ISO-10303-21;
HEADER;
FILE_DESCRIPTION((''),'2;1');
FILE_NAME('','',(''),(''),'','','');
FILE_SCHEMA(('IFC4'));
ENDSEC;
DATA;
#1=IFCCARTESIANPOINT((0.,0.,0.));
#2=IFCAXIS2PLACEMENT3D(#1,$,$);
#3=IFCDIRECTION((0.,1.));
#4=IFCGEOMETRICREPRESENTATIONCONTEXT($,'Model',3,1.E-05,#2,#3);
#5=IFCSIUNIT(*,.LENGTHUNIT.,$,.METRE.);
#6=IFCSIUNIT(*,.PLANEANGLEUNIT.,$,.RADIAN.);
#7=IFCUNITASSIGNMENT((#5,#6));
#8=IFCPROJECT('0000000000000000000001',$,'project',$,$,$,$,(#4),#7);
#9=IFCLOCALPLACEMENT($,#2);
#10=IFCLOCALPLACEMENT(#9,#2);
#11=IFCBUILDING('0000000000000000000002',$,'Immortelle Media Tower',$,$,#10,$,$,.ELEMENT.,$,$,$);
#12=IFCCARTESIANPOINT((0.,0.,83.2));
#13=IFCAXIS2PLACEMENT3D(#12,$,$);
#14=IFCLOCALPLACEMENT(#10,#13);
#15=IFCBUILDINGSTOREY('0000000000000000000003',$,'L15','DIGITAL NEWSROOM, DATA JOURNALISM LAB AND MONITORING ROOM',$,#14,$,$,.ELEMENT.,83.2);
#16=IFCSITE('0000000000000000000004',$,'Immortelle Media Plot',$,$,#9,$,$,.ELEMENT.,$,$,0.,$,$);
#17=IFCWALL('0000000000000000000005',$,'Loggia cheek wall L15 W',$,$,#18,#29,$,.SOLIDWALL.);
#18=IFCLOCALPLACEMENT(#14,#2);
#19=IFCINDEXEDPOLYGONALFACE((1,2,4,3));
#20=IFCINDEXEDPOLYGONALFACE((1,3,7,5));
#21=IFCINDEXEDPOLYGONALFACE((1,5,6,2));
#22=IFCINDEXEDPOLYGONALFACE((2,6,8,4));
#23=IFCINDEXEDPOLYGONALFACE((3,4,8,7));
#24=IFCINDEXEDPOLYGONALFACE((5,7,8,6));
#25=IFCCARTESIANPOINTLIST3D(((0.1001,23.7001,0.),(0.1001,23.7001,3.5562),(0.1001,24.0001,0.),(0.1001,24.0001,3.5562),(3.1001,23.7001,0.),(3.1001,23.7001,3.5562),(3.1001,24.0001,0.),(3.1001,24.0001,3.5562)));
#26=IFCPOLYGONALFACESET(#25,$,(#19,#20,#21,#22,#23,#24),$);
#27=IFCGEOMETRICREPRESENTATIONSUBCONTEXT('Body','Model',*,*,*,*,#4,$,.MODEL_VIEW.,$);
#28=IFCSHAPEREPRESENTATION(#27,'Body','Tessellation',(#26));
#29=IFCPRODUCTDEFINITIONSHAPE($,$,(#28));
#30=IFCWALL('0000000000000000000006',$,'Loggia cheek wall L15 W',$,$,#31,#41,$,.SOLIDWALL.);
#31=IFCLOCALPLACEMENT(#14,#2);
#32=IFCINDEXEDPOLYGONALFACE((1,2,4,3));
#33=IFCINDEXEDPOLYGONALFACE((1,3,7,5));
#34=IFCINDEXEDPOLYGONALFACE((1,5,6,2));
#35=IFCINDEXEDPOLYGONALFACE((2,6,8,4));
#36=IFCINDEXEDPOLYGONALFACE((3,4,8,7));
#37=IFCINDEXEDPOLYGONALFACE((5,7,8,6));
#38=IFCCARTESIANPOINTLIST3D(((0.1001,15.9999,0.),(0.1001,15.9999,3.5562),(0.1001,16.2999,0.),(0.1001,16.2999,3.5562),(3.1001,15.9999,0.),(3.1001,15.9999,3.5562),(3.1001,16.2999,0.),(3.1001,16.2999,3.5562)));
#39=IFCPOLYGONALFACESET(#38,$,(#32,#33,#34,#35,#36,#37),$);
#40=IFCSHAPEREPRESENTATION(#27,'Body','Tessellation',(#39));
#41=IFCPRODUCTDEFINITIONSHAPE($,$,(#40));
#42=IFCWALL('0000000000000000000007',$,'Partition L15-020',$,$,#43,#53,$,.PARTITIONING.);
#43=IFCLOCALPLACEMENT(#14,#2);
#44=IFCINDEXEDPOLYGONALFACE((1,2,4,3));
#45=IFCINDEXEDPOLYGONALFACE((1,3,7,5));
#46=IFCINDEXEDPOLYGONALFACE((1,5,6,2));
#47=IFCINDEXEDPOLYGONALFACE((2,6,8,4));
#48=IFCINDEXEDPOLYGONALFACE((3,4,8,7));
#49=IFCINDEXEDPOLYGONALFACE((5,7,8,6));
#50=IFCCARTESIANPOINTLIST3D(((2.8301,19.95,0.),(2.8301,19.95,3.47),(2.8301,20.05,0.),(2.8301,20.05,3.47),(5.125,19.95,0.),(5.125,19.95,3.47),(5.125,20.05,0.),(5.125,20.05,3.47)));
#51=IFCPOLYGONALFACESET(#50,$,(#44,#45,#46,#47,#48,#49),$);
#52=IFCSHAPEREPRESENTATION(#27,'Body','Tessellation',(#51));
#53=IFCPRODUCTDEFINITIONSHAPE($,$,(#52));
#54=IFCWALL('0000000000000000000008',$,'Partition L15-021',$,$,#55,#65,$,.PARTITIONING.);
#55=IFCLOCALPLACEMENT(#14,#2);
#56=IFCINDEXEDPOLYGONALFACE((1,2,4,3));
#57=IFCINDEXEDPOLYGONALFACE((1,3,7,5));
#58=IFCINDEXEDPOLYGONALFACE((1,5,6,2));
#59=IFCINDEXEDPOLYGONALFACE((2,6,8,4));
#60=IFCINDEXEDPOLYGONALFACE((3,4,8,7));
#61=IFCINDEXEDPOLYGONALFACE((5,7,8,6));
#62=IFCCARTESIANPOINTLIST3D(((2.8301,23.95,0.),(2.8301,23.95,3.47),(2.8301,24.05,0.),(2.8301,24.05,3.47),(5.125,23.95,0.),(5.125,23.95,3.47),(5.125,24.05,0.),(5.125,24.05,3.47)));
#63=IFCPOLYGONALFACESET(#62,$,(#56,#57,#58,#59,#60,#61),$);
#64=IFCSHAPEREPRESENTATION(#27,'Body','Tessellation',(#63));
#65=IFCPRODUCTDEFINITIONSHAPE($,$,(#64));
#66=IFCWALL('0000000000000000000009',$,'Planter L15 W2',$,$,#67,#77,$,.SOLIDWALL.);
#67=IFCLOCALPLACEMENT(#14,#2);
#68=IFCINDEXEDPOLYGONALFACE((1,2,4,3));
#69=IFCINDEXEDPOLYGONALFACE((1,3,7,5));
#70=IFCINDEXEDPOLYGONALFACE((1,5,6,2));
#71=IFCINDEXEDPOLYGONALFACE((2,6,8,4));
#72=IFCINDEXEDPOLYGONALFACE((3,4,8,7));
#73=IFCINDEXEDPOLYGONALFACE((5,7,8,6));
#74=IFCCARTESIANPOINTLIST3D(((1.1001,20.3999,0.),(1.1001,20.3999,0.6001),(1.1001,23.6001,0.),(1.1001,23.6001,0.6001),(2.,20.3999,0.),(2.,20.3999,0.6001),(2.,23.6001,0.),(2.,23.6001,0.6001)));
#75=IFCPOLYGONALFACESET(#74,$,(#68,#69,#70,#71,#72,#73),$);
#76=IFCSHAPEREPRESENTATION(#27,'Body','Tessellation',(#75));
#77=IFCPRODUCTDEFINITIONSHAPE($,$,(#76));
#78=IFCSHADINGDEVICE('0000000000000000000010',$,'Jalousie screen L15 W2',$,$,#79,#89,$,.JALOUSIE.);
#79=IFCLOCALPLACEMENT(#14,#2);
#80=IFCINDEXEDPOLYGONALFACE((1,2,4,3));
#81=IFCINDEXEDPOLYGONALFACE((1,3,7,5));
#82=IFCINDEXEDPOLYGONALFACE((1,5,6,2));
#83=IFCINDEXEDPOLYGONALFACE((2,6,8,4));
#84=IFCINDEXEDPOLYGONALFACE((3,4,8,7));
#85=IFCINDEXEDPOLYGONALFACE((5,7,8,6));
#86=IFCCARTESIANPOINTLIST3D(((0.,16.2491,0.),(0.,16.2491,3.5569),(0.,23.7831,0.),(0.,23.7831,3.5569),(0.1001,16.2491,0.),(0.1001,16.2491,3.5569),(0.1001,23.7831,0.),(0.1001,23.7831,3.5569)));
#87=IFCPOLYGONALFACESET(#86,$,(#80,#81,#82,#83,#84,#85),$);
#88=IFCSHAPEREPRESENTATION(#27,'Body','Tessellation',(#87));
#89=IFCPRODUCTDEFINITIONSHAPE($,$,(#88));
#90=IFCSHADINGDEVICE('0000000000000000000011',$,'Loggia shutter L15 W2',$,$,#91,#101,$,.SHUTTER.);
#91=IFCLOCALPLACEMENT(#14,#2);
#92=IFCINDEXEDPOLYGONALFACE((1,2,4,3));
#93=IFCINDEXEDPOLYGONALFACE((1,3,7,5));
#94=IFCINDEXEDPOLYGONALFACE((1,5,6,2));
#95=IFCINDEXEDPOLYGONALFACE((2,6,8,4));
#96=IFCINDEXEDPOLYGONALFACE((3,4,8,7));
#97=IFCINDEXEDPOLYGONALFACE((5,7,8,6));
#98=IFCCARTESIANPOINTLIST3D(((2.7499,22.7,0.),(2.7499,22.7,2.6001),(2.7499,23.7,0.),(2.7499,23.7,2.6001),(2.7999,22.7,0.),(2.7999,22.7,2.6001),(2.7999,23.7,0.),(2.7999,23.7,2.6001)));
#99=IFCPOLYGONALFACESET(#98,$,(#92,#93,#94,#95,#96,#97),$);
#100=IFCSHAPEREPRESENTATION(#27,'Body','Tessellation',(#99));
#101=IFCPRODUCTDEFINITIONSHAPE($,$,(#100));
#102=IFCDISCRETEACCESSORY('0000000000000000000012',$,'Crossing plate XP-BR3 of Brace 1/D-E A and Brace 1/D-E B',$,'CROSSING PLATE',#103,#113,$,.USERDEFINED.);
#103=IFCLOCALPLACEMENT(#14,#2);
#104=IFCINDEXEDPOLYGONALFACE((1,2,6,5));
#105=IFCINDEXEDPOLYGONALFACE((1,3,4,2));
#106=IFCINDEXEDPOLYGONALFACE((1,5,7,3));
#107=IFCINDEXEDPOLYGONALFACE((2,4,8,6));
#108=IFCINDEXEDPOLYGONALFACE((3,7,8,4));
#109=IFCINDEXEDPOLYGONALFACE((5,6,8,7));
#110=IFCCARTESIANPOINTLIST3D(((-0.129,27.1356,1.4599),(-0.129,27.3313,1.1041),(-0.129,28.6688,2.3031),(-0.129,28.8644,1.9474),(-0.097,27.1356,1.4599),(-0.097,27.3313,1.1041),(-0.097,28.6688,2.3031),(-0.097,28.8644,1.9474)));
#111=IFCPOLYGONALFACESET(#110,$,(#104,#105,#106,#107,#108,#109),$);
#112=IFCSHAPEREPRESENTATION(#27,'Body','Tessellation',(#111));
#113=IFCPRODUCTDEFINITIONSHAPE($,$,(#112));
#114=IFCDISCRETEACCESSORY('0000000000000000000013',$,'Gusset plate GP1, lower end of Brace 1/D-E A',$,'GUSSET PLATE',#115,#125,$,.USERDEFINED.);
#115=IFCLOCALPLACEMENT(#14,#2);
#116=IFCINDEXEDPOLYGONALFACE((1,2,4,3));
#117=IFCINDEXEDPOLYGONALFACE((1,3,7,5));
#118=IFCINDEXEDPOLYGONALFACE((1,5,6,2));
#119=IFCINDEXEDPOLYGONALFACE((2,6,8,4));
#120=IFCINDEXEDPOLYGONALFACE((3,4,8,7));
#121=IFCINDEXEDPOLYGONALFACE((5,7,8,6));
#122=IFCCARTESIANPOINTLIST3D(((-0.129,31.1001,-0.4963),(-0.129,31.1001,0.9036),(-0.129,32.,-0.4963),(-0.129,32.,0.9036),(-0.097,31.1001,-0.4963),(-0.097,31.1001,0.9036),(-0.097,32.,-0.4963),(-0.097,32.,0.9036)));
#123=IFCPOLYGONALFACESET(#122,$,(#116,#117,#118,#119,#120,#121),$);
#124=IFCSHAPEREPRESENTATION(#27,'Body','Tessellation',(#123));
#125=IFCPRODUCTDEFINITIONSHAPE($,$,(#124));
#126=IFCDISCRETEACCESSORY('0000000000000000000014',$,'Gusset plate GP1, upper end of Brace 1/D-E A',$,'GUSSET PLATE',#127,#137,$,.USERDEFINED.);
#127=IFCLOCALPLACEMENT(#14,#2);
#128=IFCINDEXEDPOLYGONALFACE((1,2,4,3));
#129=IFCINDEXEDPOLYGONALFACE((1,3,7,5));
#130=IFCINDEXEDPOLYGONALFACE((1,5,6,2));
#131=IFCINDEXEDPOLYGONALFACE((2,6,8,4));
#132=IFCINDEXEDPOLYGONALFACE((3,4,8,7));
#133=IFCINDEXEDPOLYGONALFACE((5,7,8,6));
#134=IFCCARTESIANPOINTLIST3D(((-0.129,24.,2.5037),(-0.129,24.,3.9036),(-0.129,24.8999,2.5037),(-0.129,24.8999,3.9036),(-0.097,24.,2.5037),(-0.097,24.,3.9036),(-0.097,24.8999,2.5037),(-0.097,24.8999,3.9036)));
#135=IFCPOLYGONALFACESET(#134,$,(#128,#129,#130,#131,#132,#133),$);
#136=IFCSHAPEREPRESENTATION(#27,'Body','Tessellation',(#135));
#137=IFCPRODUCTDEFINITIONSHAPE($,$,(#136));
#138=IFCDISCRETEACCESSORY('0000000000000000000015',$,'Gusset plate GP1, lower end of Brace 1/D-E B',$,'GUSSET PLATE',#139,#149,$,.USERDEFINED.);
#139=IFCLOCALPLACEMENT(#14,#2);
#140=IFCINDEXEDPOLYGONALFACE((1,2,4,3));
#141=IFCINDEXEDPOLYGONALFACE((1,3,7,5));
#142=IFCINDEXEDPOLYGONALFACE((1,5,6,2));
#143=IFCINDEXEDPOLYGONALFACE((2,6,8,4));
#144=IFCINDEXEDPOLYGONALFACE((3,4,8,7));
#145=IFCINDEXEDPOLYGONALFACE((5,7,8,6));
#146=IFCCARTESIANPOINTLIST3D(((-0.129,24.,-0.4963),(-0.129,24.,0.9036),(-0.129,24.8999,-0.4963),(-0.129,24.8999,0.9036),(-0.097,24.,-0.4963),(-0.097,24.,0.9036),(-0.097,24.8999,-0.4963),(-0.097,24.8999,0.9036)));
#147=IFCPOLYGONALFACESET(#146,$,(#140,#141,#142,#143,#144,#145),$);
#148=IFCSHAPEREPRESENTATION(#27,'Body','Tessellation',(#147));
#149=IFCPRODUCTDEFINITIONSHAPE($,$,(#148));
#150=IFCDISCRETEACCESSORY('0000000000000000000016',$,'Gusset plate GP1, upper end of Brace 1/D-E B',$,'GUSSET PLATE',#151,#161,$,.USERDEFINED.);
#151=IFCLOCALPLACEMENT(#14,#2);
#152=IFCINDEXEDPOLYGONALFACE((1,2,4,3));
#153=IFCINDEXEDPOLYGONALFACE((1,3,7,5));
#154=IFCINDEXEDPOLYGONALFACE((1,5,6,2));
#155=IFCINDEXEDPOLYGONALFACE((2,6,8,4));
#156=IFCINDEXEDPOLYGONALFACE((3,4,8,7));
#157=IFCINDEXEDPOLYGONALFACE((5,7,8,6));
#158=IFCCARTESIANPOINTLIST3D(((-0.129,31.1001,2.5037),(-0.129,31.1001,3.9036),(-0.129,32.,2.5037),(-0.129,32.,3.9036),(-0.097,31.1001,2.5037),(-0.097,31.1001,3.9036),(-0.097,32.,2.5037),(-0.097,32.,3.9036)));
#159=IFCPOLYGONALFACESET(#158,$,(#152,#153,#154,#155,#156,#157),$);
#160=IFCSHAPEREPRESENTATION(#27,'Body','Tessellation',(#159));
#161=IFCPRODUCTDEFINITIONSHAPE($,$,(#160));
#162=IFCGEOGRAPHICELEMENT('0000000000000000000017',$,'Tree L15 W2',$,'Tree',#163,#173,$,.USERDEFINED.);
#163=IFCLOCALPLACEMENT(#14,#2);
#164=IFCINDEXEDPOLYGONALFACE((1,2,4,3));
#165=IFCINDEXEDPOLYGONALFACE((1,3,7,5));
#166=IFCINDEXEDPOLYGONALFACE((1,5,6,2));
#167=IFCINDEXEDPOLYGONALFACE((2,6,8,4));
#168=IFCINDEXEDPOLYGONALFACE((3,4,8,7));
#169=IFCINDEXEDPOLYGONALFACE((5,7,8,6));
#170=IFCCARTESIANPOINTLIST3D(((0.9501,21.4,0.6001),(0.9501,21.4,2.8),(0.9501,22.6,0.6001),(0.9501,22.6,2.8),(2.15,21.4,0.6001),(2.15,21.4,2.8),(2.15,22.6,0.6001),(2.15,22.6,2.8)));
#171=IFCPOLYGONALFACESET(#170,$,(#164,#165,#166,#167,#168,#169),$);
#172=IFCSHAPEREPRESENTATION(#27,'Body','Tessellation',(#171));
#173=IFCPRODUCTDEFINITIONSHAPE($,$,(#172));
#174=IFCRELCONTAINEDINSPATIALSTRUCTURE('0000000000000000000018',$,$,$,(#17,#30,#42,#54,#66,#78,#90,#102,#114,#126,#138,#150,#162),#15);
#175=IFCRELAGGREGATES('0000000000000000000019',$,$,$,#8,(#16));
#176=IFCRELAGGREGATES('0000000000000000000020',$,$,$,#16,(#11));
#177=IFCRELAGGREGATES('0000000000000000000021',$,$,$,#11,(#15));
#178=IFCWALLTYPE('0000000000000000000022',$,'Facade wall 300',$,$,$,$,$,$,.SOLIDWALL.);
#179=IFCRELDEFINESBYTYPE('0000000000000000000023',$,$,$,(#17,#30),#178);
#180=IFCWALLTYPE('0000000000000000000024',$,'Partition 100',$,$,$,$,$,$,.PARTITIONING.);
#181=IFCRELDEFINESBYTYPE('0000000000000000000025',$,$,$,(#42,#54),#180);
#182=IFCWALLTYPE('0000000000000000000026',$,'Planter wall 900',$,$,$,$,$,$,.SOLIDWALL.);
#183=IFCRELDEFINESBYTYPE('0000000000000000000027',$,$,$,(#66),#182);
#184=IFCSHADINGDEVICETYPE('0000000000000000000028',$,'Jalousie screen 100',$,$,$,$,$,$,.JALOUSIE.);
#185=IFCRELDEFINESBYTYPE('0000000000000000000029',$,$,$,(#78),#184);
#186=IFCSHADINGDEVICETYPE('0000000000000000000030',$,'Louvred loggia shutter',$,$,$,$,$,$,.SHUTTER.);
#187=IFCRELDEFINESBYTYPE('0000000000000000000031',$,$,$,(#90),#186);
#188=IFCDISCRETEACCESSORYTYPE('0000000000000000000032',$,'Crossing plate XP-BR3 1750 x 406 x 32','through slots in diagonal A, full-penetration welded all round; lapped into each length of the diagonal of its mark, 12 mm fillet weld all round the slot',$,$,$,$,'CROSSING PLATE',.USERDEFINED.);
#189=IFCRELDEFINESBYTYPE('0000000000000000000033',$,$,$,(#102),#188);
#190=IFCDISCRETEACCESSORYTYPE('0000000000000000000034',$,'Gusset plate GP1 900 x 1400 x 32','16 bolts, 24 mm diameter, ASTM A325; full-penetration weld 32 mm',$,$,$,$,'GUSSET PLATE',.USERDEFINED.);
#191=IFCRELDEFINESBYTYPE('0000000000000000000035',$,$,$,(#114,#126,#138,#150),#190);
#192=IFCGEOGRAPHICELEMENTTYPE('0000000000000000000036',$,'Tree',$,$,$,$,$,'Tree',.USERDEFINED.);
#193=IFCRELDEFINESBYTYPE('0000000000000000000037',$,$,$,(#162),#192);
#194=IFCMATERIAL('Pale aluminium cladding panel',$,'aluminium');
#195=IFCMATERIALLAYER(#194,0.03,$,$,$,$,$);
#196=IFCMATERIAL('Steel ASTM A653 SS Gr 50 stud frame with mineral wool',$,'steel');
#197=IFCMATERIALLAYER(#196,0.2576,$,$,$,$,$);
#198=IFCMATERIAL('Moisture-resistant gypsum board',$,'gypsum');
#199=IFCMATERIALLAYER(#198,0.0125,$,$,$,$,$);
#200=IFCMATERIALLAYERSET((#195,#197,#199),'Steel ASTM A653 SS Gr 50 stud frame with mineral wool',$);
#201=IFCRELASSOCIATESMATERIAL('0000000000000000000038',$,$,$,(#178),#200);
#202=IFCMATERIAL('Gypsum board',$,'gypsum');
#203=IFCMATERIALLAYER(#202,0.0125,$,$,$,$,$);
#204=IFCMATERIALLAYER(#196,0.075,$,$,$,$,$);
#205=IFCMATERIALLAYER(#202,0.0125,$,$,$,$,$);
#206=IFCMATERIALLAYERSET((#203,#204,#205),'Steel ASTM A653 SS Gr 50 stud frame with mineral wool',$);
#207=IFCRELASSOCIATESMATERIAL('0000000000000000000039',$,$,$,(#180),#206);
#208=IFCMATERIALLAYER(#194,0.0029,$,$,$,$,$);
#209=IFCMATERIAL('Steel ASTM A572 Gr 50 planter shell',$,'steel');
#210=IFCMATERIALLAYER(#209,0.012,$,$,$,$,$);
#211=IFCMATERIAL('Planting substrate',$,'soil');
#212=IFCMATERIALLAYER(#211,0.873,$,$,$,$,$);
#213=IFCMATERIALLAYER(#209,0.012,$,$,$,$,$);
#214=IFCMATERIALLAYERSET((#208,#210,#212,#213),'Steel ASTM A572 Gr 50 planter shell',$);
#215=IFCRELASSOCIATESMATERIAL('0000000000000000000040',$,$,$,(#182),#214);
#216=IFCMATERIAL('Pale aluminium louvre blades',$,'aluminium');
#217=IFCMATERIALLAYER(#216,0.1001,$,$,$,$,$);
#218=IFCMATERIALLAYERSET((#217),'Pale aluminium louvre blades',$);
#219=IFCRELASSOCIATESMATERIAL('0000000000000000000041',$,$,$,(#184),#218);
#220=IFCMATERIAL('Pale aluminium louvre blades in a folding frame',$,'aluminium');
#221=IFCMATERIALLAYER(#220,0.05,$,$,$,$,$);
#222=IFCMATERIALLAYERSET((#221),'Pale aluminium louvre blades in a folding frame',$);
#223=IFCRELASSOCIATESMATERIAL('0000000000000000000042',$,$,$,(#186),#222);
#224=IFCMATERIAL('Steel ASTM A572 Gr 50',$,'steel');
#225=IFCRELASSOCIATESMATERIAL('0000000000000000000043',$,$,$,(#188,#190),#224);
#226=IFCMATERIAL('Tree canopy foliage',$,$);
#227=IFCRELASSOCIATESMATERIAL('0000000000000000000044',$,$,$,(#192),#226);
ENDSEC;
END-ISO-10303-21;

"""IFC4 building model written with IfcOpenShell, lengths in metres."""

from ifc_helpers import new_model, si_unit, direction, frame, frame_2d, origin, origin_2d, place, context, subcontext, project, spatial, rectangle, extrude, material, layer, layer_set, material_profile, profile_set, type_object, element, save


model = new_model("IFC4")

# Units and contexts
model_context = context("Model", 3, precision=1e-05, world=origin(), true_north=direction((0.0, 1.0)))
body_context = subcontext(model_context, "Body", "Model", "MODEL_VIEW")
ifc_project = project(units=[si_unit("LENGTHUNIT", "METRE"), si_unit("PLANEANGLEUNIT", "RADIAN")], contexts=[model_context])

# Site, building, storey
site_placement = place(None, origin())
site = spatial("IfcSite", under=ifc_project, at=site_placement, Name="Immortelle Media Plot", CompositionType="ELEMENT", RefElevation=0.0)
building_placement = place(site_placement, origin())
building = spatial("IfcBuilding", under=site, at=building_placement, Name="Immortelle Media Tower", CompositionType="ELEMENT")
storey_placement = place(building_placement, frame((0.0, 0.0, 83.2)))
storey = spatial("IfcBuildingStorey", under=building, at=storey_placement, Name="L15", Description="DIGITAL NEWSROOM, DATA JOURNALISM LAB AND MONITORING ROOM", CompositionType="ELEMENT", Elevation=83.2)

# Shared definitions
ifc_material_1 = material(Name="Steel ASTM A653 SS Gr 50 stud frame with mineral wool", Category="steel")

# Shared definitions
ifc_material_2 = material(Name="Pale aluminium cladding panel", Category="aluminium")
ifc_layer_1 = layer(ifc_material_2, 0.03)
ifc_layer_2 = layer(ifc_material_1, 0.2576)
ifc_material_3 = material(Name="Moisture-resistant gypsum board", Category="gypsum")
ifc_layer_3 = layer(ifc_material_3, 0.0125)
ifc_layer_set_1 = layer_set([ifc_layer_1, ifc_layer_2, ifc_layer_3], Name="Steel ASTM A653 SS Gr 50 stud frame with mineral wool")
wall_type_1 = type_object("IfcWallType", Name="Facade wall 300", PredefinedType="SOLIDWALL", material=ifc_layer_set_1)

# Walls
for number, where, z_axis, x_axis, name in (
    (1, (0.1001, 23.8501, 0.0), (0.0, 0.0, 1.0), (1.0, 0.0, 0.0), "Loggia cheek wall L15 W"),
    (2, (0.1001, 16.1499, 0.0), (0.0, 0.0, 1.0), (1.0, 0.0, 0.0), "Loggia cheek wall L15 W"),
):
    element("IfcWall", number, at=place(storey_placement, frame(where, z_axis=z_axis, x_axis=x_axis)), inside=storey, type_object=wall_type_1, Name=name, PredefinedType="SOLIDWALL", context=body_context, shape_type="SweptSolid", body=[
        extrude(rectangle(XDim=3.0, YDim=0.3, at=frame_2d((1.5, 0.0))), origin(), (0.0, 0.0, 1.0), 3.5562),
    ])
ifc_material_4 = material(Name="Gypsum board", Category="gypsum")
ifc_layer_4 = layer(ifc_material_4, 0.0125)
ifc_layer_5 = layer(ifc_material_1, 0.075)
ifc_layer_6 = layer(ifc_material_4, 0.0125)
ifc_layer_set_2 = layer_set([ifc_layer_4, ifc_layer_5, ifc_layer_6], Name="Steel ASTM A653 SS Gr 50 stud frame with mineral wool")
wall_type_2 = type_object("IfcWallType", Name="Partition 100", PredefinedType="PARTITIONING", material=ifc_layer_set_2)
for number, where, z_axis, x_axis, name in (
    (3, (2.8301, 20.0, 0.0), (0.0, 0.0, 1.0), (1.0, 0.0, 0.0), "Partition L15-020"),
    (4, (2.8301, 24.0, 0.0), (0.0, 0.0, 1.0), (1.0, 0.0, 0.0), "Partition L15-021"),
):
    element("IfcWall", number, at=place(storey_placement, frame(where, z_axis=z_axis, x_axis=x_axis)), inside=storey, type_object=wall_type_2, Name=name, PredefinedType="PARTITIONING", context=body_context, shape_type="SweptSolid", body=[
        extrude(rectangle(XDim=2.2949, YDim=0.1001, at=frame_2d((1.1475, 0.0))), origin(), (0.0, 0.0, 1.0), 3.47),
    ])
ifc_layer_7 = layer(ifc_material_2, 0.0029)
ifc_material_5 = material(Name="Steel ASTM A572 Gr 50 planter shell", Category="steel")
ifc_layer_8 = layer(ifc_material_5, 0.012)
ifc_material_6 = material(Name="Planting substrate", Category="soil")
ifc_layer_9 = layer(ifc_material_6, 0.873)
ifc_layer_10 = layer(ifc_material_5, 0.012)
ifc_layer_set_3 = layer_set([ifc_layer_7, ifc_layer_8, ifc_layer_9, ifc_layer_10], Name="Steel ASTM A572 Gr 50 planter shell")
wall_type_3 = type_object("IfcWallType", Name="Planter wall 900", PredefinedType="SOLIDWALL", material=ifc_layer_set_3)
wall_1_placement = place(storey_placement, frame((1.55, 23.6001, 0.0), z_axis=(0.0, 0.0, 1.0), x_axis=(0.0, -1.0, 0.0)))
element("IfcWall", 5, at=wall_1_placement, inside=storey, type_object=wall_type_3, Name="Planter L15 W2", PredefinedType="SOLIDWALL", context=body_context, shape_type="SweptSolid", body=[
    extrude(rectangle(XDim=3.2002, YDim=0.8999, at=frame_2d((1.6001, 0.0))), origin(), (0.0, 0.0, 1.0), 0.6001),
])

# Shading devices
ifc_material_7 = material(Name="Pale aluminium louvre blades", Category="aluminium")
ifc_layer_11 = layer(ifc_material_7, 0.1001)
ifc_layer_set_4 = layer_set([ifc_layer_11], Name="Pale aluminium louvre blades")
shading_device_type_1 = type_object("IfcShadingDeviceType", Name="Jalousie screen 100", PredefinedType="JALOUSIE", material=ifc_layer_set_4)
shading_device_1_placement = place(storey_placement, frame((0.05, 20.0161, 0.0), z_axis=(0.0, 0.0, 1.0), x_axis=(0.0, -1.0, 0.0)))
element("IfcShadingDevice", 6, at=shading_device_1_placement, inside=storey, type_object=shading_device_type_1, Name="Jalousie screen L15 W2", PredefinedType="JALOUSIE", context=body_context, shape_type="SweptSolid", body=[
    extrude(rectangle(XDim=7.5339, YDim=0.1001, at=origin_2d()), origin(), (0.0, 0.0, 1.0), 3.5569),
])
ifc_material_8 = material(Name="Pale aluminium louvre blades in a folding frame", Category="aluminium")
ifc_layer_12 = layer(ifc_material_8, 0.05)
ifc_layer_set_5 = layer_set([ifc_layer_12], Name="Pale aluminium louvre blades in a folding frame")
shading_device_type_2 = type_object("IfcShadingDeviceType", Name="Louvred loggia shutter", PredefinedType="SHUTTER", material=ifc_layer_set_5)
shading_device_2_placement = place(storey_placement, frame((2.7749, 23.2, 0.0), z_axis=(0.0, 0.0, 1.0), x_axis=(0.0, -1.0, 0.0)))
element("IfcShadingDevice", 7, at=shading_device_2_placement, inside=storey, type_object=shading_device_type_2, Name="Loggia shutter L15 W2", PredefinedType="SHUTTER", context=body_context, shape_type="SweptSolid", body=[
    extrude(rectangle(XDim=1.0, YDim=0.05, at=origin_2d()), origin(), (0.0, 0.0, 1.0), 2.6001),
])

# Discrete accessories
ifc_material_9 = material(Name="Steel ASTM A572 Gr 50", Category="steel")
ifc_material_profile_1 = material_profile(ifc_material_9, rectangle(XDim=0.032, YDim=0.406, at=origin_2d()), Name="PL 32 x 406")
ifc_profile_set_1 = profile_set([ifc_material_profile_1], Name="Steel ASTM A572 Gr 50")
discrete_accessory_type_1 = type_object("IfcDiscreteAccessoryType", Name="Crossing plate XP-BR3 1750 x 406 x 32", Description="through slots in diagonal A, full-penetration welded all round; lapped into each length of the diagonal of its mark, 12 mm fillet weld all round the slot", ElementType="CROSSING PLATE", PredefinedType="USERDEFINED", material=ifc_profile_set_1)
discrete_accessory_placement = place(storey_placement, frame((-0.113, 28.7666, 2.1252), z_axis=(0.0, -0.876216, -0.481919), x_axis=(1.0, 0.0, 0.0)))
element("IfcDiscreteAccessory", 8, at=discrete_accessory_placement, inside=storey, type_object=discrete_accessory_type_1, Name="Crossing plate XP-BR3 of Brace 1/D-E A and Brace 1/D-E B", ObjectType="CROSSING PLATE", PredefinedType="USERDEFINED", context=body_context, shape_type="SweptSolid", body=[
    extrude(rectangle(XDim=0.032, YDim=0.406, at=origin_2d()), origin(), (0.0, 0.0, 1.0), 1.7498),
])
ifc_material_profile_2 = material_profile(ifc_material_9, rectangle(XDim=0.032, YDim=1.3999, at=origin_2d()), Name="PL 32 x 1400")
ifc_profile_set_2 = profile_set([ifc_material_profile_2], Name="Steel ASTM A572 Gr 50")
discrete_accessory_type_2 = type_object("IfcDiscreteAccessoryType", Name="Gusset plate GP1 900 x 1400 x 32", Description="16 bolts, 24 mm diameter, ASTM A325; full-penetration weld 32 mm", ElementType="GUSSET PLATE", PredefinedType="USERDEFINED", material=ifc_profile_set_2)
for number, where, z_axis, x_axis, name in (
    (9, (-0.113, 32.0, 0.2036), (0.0, -1.0, 0.0), (1.0, 0.0, 0.0), "Gusset plate GP1, lower end of Brace 1/D-E A"),
    (10, (-0.113, 24.0, 3.2036), (0.0, 1.0, 0.0), (-1.0, 0.0, 0.0), "Gusset plate GP1, upper end of Brace 1/D-E A"),
    (11, (-0.113, 24.0, 0.2036), (0.0, 1.0, 0.0), (-1.0, 0.0, 0.0), "Gusset plate GP1, lower end of Brace 1/D-E B"),
    (12, (-0.113, 32.0, 3.2036), (0.0, -1.0, 0.0), (1.0, 0.0, 0.0), "Gusset plate GP1, upper end of Brace 1/D-E B"),
):
    element("IfcDiscreteAccessory", number, at=place(storey_placement, frame(where, z_axis=z_axis, x_axis=x_axis)), inside=storey, type_object=discrete_accessory_type_2, Name=name, ObjectType="GUSSET PLATE", PredefinedType="USERDEFINED", context=body_context, shape_type="SweptSolid", body=[
        extrude(rectangle(XDim=0.032, YDim=1.3999, at=origin_2d()), origin(), (0.0, 0.0, 1.0), 0.8999),
    ])

# Geographic element
ifc_material_10 = material(Name="Tree canopy foliage")
geographic_element_type = type_object("IfcGeographicElementType", Name="Tree", ElementType="Tree", PredefinedType="USERDEFINED", material=ifc_material_10)
geographic_element_placement = place(storey_placement, frame((1.55, 22.0, 0.6001), z_axis=(0.0, 0.0, 1.0), x_axis=(1.0, 0.0, 0.0)))
element("IfcGeographicElement", 13, at=geographic_element_placement, inside=storey, type_object=geographic_element_type, Name="Tree L15 W2", ObjectType="Tree", PredefinedType="USERDEFINED", context=body_context, shape_type="SweptSolid", body=[
    extrude(rectangle(XDim=1.2, YDim=1.2, at=origin_2d()), origin(), (0.0, 0.0, 1.0), 2.2),
])

save(model, "model.ifc")
